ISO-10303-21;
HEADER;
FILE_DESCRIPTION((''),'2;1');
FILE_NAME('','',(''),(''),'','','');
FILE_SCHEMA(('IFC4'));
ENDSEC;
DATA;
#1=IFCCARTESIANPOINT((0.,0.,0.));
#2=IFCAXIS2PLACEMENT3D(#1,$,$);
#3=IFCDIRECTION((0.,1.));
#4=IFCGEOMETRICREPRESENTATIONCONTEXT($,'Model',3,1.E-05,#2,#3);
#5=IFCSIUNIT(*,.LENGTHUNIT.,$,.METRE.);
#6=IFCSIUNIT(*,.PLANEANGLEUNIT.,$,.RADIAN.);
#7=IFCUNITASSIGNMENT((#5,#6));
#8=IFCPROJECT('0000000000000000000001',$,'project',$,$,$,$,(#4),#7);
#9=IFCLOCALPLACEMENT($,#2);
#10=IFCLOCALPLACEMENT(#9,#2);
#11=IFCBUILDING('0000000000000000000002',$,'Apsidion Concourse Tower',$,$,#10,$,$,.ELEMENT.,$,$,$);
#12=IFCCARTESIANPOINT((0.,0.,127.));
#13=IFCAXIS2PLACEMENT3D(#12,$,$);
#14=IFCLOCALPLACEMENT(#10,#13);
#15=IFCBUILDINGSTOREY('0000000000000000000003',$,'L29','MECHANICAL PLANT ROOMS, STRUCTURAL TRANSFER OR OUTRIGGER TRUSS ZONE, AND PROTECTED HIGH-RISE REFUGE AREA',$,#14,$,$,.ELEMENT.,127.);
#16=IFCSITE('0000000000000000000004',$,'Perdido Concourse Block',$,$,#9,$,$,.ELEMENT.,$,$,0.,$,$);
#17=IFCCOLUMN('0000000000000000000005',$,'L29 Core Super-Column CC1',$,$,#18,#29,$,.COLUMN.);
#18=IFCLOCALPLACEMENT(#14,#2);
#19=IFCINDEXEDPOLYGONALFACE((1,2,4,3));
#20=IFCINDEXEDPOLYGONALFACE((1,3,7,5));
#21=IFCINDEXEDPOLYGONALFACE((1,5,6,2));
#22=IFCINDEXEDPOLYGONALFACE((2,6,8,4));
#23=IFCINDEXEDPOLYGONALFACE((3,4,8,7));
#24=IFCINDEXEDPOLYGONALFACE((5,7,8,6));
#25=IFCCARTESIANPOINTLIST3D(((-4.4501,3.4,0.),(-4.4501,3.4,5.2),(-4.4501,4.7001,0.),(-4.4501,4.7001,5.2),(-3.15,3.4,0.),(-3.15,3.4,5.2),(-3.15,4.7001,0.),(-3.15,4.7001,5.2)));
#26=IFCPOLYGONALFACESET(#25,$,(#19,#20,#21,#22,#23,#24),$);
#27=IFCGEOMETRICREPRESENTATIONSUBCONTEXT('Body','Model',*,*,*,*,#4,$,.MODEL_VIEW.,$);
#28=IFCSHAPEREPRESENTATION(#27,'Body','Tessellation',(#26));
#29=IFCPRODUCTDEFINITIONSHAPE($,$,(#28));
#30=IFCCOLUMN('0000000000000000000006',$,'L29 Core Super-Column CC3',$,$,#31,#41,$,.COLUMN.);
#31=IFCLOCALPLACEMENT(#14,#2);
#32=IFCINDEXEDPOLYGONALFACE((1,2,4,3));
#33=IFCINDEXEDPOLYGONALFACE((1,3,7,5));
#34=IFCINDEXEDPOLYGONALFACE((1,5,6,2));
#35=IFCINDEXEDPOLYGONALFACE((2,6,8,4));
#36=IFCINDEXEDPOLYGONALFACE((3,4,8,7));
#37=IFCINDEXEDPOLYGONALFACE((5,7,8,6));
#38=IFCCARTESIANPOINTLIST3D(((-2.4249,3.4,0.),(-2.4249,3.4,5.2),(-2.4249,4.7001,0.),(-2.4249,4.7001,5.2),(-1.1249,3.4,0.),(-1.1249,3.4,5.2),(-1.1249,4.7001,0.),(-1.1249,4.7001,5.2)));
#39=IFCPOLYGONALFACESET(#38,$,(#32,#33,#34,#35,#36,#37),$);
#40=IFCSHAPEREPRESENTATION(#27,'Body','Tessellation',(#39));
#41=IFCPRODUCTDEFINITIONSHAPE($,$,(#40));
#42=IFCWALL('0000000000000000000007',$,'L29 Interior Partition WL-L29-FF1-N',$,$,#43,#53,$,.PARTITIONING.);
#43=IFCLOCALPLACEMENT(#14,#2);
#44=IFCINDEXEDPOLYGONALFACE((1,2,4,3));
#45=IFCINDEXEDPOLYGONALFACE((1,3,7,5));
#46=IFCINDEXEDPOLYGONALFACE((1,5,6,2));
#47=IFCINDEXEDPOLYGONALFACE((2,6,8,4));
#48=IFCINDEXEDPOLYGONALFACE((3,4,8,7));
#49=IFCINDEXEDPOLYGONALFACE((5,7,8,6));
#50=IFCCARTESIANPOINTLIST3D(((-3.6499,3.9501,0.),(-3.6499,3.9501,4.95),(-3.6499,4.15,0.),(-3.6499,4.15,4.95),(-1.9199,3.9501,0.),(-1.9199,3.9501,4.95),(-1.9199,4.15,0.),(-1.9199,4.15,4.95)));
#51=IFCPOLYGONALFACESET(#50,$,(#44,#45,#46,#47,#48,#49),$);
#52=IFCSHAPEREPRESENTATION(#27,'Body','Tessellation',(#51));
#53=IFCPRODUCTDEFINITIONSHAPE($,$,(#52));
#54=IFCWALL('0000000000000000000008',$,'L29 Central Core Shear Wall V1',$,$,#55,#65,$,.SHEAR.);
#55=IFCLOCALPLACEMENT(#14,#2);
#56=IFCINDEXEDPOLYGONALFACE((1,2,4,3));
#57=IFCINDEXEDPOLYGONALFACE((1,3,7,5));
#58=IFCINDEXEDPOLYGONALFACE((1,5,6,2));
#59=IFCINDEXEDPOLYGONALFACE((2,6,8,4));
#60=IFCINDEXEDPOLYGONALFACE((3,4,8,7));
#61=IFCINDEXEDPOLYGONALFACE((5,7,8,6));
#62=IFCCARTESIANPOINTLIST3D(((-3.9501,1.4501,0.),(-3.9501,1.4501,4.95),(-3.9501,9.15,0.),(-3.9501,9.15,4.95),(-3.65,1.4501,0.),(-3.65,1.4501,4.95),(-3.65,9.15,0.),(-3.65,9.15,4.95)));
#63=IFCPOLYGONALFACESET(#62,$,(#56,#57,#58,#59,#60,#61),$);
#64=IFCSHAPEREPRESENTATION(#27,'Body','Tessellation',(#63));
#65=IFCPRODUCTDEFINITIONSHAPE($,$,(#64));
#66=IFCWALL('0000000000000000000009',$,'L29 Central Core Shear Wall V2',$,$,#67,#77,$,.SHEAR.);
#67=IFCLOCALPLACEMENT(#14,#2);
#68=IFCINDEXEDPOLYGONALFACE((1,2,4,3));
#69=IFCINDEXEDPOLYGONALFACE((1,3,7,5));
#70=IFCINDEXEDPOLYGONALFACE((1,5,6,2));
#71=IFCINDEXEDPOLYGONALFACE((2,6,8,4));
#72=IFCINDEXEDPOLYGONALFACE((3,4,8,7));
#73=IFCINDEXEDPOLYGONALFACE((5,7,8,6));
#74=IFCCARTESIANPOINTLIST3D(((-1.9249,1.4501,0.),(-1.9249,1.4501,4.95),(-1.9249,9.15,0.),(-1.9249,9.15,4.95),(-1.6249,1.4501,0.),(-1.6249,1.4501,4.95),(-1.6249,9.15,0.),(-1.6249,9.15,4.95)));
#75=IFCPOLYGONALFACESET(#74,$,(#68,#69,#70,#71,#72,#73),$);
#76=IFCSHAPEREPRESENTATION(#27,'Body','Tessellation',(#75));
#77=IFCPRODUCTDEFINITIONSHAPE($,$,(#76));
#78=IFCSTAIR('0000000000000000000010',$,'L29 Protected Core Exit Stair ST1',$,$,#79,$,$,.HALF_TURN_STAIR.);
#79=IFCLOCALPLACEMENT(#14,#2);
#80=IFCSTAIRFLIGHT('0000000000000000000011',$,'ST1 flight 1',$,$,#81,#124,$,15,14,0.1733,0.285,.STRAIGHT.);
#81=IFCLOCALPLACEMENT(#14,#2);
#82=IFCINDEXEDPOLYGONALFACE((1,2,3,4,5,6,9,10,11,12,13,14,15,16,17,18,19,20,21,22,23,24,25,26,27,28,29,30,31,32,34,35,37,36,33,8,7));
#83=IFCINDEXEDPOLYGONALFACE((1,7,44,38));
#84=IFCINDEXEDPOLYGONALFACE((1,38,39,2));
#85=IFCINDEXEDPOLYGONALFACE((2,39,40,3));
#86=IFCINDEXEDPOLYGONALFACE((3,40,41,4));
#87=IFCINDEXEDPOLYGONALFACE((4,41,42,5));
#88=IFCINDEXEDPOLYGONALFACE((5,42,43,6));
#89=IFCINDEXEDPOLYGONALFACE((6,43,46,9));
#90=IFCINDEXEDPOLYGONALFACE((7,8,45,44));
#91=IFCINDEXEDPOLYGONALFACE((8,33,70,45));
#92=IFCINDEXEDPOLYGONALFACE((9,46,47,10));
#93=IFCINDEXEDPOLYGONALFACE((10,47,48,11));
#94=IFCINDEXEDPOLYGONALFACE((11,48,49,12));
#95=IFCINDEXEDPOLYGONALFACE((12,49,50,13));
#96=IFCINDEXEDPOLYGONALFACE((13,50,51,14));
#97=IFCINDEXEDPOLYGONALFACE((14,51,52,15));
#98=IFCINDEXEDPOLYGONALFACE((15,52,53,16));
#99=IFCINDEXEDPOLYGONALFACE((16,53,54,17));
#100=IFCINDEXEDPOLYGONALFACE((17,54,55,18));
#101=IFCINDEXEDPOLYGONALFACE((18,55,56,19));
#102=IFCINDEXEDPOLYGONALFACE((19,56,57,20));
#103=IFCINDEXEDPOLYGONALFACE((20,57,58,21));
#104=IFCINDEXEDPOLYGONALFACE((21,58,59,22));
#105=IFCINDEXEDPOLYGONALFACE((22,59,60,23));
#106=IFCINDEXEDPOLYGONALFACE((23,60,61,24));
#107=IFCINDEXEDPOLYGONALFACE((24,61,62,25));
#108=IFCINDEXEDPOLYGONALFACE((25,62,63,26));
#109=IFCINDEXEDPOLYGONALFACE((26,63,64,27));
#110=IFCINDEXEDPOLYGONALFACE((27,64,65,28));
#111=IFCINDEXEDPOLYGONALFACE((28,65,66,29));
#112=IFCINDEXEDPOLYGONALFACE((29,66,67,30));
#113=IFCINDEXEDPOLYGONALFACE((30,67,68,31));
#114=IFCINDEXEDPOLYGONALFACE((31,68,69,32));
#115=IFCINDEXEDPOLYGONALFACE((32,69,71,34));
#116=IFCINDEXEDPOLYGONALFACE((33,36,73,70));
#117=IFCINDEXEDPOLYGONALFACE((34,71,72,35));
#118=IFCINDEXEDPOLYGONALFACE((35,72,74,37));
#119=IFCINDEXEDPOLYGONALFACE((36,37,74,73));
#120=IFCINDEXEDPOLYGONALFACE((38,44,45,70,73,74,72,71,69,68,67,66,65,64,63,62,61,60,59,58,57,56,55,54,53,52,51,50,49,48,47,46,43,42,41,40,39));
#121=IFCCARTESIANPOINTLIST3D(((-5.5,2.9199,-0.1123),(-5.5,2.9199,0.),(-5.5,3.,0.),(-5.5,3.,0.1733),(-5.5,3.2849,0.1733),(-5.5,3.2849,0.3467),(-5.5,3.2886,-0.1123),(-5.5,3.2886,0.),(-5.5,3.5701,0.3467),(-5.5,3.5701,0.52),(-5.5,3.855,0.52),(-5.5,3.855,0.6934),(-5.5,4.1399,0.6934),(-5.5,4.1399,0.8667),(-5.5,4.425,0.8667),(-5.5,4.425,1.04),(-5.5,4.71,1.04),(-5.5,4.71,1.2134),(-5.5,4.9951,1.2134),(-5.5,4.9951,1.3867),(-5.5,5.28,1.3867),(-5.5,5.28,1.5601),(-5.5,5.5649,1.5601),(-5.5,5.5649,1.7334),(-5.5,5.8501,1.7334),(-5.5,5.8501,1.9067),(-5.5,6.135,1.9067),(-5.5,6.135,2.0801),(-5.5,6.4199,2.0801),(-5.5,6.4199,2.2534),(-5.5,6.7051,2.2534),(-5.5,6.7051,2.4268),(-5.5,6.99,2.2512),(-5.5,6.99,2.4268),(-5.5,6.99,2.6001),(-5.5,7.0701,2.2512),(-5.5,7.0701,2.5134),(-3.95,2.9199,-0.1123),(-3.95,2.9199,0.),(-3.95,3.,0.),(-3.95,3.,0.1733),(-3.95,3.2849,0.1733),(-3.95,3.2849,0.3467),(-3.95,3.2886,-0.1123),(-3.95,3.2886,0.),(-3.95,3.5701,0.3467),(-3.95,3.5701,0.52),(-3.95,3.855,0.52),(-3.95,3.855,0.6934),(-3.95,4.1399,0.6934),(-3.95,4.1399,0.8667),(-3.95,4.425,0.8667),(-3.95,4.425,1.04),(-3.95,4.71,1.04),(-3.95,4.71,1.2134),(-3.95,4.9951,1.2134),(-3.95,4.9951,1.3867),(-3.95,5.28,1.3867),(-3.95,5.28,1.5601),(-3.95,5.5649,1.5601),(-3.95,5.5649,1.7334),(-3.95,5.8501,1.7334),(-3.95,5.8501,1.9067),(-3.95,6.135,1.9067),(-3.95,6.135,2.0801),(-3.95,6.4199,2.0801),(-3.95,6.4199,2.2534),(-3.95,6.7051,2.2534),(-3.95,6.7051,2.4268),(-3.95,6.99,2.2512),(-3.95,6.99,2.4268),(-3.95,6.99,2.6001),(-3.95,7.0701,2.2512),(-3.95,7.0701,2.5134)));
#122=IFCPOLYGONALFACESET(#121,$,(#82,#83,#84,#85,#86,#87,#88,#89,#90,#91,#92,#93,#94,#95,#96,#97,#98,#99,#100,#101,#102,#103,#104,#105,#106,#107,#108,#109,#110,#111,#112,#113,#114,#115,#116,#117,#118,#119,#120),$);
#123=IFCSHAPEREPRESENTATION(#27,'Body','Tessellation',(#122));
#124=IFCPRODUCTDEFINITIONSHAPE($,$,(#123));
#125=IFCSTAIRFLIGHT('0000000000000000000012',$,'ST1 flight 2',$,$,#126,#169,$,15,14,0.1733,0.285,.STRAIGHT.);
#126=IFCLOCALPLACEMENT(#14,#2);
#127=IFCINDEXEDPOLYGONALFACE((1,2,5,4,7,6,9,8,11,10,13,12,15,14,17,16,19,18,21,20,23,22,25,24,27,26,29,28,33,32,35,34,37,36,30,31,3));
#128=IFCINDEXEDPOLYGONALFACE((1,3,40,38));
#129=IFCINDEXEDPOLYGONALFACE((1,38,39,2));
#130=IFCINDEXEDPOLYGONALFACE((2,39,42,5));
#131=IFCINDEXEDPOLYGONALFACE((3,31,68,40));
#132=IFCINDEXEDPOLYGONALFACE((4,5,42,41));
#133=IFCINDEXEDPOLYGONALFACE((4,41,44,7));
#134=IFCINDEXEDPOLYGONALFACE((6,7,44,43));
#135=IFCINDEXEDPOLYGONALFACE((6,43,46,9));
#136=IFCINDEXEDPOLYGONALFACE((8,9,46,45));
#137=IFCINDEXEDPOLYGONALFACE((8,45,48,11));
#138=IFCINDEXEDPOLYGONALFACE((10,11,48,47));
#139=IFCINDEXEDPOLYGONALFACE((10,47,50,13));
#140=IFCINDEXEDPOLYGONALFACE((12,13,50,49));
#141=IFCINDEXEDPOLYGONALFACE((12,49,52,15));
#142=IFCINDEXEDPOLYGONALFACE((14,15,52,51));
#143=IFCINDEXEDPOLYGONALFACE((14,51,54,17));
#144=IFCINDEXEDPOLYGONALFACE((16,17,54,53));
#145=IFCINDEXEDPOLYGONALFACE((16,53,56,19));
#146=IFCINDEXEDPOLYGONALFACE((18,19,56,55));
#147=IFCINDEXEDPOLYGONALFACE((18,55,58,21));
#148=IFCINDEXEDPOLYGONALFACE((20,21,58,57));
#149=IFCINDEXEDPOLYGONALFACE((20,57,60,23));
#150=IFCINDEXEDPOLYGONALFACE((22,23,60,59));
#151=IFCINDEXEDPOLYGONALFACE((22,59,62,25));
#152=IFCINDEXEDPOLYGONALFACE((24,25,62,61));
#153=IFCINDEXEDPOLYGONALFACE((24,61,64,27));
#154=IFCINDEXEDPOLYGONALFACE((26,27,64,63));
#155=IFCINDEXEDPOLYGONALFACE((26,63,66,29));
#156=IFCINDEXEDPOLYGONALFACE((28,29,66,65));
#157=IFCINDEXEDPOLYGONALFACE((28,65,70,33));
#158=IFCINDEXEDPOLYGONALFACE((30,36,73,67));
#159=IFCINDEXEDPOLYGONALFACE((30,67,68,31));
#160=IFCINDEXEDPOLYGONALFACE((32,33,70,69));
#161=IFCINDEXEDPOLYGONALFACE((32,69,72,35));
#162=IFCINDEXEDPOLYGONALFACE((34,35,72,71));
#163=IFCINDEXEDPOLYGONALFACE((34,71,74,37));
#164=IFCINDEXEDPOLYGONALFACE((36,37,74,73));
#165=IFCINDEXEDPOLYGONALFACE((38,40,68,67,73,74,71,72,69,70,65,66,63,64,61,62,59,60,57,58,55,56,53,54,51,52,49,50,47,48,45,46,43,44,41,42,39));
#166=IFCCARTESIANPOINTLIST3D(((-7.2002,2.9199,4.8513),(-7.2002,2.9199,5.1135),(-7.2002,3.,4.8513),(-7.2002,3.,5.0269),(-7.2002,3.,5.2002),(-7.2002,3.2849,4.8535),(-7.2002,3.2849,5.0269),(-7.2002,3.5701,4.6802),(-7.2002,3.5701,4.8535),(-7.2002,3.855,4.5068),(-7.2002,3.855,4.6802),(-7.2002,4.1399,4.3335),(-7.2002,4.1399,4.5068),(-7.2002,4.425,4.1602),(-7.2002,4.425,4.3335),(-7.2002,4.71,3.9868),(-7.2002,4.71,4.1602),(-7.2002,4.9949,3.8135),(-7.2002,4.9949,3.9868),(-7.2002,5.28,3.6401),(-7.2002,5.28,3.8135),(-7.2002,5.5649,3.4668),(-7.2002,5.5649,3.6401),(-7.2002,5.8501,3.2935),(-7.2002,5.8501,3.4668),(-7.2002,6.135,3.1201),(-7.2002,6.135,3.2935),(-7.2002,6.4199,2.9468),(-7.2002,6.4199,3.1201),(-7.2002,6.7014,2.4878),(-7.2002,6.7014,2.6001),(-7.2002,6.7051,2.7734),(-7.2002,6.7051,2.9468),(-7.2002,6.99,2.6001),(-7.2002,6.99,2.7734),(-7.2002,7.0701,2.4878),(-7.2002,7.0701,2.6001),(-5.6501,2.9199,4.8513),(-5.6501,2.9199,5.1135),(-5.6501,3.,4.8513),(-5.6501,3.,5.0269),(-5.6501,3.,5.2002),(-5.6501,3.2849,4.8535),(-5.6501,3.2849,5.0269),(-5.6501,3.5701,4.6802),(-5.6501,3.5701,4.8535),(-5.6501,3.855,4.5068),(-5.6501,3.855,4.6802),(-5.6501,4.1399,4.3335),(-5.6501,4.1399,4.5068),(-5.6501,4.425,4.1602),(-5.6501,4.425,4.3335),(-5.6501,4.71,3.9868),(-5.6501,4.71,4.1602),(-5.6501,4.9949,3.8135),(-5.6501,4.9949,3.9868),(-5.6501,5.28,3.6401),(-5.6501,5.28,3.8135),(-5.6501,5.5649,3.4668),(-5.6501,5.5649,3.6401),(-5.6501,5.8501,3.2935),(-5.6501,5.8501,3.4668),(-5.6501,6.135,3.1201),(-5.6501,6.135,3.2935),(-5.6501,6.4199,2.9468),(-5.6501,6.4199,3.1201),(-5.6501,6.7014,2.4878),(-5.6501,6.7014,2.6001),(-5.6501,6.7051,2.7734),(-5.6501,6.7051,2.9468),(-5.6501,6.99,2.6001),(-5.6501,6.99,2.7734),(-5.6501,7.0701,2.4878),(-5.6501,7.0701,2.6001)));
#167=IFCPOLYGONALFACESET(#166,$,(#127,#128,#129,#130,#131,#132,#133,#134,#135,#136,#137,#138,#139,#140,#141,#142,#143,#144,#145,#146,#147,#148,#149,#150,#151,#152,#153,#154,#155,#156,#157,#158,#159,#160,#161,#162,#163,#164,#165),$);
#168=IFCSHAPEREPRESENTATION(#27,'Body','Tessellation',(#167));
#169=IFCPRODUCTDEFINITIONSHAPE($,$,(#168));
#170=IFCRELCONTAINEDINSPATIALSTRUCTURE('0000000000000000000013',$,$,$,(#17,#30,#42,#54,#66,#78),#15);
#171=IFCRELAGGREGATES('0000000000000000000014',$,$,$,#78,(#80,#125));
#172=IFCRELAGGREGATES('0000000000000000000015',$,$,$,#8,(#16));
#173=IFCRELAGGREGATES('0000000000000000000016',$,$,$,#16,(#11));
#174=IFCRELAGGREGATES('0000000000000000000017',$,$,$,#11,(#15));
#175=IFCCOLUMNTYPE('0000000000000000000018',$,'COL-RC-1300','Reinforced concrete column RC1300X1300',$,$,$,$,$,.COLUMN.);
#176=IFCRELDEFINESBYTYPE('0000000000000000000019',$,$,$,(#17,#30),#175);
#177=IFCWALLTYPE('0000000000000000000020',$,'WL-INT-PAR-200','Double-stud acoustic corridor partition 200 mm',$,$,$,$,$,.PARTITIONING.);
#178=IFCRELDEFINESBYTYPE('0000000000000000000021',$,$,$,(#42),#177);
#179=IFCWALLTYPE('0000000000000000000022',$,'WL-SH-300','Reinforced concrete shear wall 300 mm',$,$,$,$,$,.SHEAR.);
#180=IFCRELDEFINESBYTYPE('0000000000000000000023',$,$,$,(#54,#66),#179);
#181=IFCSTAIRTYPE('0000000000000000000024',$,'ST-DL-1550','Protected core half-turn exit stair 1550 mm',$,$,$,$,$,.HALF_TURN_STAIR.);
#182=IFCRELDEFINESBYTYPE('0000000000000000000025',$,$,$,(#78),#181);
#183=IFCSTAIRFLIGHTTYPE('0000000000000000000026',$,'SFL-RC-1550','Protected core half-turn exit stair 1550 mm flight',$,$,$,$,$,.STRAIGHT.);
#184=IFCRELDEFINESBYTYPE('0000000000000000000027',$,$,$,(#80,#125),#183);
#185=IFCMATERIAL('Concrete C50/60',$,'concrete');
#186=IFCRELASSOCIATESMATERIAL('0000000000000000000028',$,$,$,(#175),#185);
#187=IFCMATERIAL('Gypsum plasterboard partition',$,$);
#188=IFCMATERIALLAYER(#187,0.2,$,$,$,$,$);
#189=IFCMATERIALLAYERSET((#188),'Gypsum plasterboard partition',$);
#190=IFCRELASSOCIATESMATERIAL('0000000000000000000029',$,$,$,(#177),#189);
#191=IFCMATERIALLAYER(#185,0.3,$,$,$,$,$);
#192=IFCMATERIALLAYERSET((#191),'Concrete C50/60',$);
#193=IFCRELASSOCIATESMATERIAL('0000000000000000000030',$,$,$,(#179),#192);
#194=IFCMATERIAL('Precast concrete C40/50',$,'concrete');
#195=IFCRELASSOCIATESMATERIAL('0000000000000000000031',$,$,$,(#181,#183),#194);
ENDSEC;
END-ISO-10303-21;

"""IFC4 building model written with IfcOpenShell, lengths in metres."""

from ifc_helpers import new_model, si_unit, direction, frame, frame_2d, origin, origin_2d, place, context, subcontext, project, spatial, polyline, rectangle, outline, extrude, material, layer, layer_set, material_profile, profile_set, type_object, element, aggregate, save


model = new_model("IFC4")

# Units and contexts
model_context = context("Model", 3, precision=1e-05, world=origin(), true_north=direction((0.0, 1.0)))
body_context = subcontext(model_context, "Body", "Model", "MODEL_VIEW")
ifc_project = project(units=[si_unit("LENGTHUNIT", "METRE"), si_unit("PLANEANGLEUNIT", "RADIAN")], contexts=[model_context])

# Site, building, storey
site_placement = place(None, origin())
site = spatial("IfcSite", under=ifc_project, at=site_placement, Name="Perdido Concourse Block", CompositionType="ELEMENT", RefElevation=0.0)
building_placement = place(site_placement, origin())
building = spatial("IfcBuilding", under=site, at=building_placement, Name="Apsidion Concourse Tower", CompositionType="ELEMENT")
storey_placement = place(building_placement, frame((0.0, 0.0, 127.0)))
storey = spatial("IfcBuildingStorey", under=building, at=storey_placement, Name="L29", Description="MECHANICAL PLANT ROOMS, STRUCTURAL TRANSFER OR OUTRIGGER TRUSS ZONE, AND PROTECTED HIGH-RISE REFUGE AREA", CompositionType="ELEMENT", Elevation=127.0)

# Columns
ifc_material_1 = material(Name="Concrete C50/60", Category="concrete")
ifc_material_profile = material_profile(ifc_material_1, rectangle(XDim=1.3, YDim=1.3, at=origin_2d()), Name="RC 1300x1300")
ifc_profile_set = profile_set([ifc_material_profile], Name="Concrete C50/60")
column_type = type_object("IfcColumnType", Name="COL-RC-1300", Description="Reinforced concrete column RC1300X1300", PredefinedType="COLUMN", material=ifc_profile_set)
for number, where, z_axis, x_axis, name in (
    (1, (-3.8, 4.05, 0.0), (0.0, 0.0, 1.0), (1.0, 0.0, 0.0), "L29 Core Super-Column CC1"),
    (2, (-1.7749, 4.05, 0.0), (0.0, 0.0, 1.0), (1.0, 0.0, 0.0), "L29 Core Super-Column CC3"),
):
    element("IfcColumn", number, at=place(storey_placement, frame(where, z_axis=z_axis, x_axis=x_axis)), inside=storey, type_object=column_type, Name=name, PredefinedType="COLUMN", context=body_context, shape_type="SweptSolid", body=[
        extrude(rectangle(XDim=1.3, YDim=1.3, at=origin_2d()), origin(), (0.0, 0.0, 1.0), 5.2),
    ])

# Walls
ifc_material_2 = material(Name="Gypsum plasterboard partition")
ifc_layer_1 = layer(ifc_material_2, 0.2)
ifc_layer_set_1 = layer_set([ifc_layer_1], Name="Gypsum plasterboard partition")
wall_type_1 = type_object("IfcWallType", Name="WL-INT-PAR-200", Description="Double-stud acoustic corridor partition 200 mm", PredefinedType="PARTITIONING", material=ifc_layer_set_1)
wall_placement = place(storey_placement, frame((-3.6499, 4.05, 0.0), z_axis=(0.0, 0.0, 1.0), x_axis=(1.0, 0.0, 0.0)))
element("IfcWall", 3, at=wall_placement, inside=storey, type_object=wall_type_1, Name="L29 Interior Partition WL-L29-FF1-N", PredefinedType="PARTITIONING", context=body_context, shape_type="SweptSolid", body=[
    extrude(rectangle(XDim=1.73, YDim=0.2, at=frame_2d((0.865, 0.0))), origin(), (0.0, 0.0, 1.0), 4.95),
])
ifc_layer_2 = layer(ifc_material_1, 0.3)
ifc_layer_set_2 = layer_set([ifc_layer_2], Name="Concrete C50/60")
wall_type_2 = type_object("IfcWallType", Name="WL-SH-300", Description="Reinforced concrete shear wall 300 mm", PredefinedType="SHEAR", material=ifc_layer_set_2)
for number, where, z_axis, x_axis, name in (
    (4, (-3.8, 1.45, 0.0), (0.0, 0.0, 1.0), (0.0, 1.0, 0.0), "L29 Central Core Shear Wall V1"),
    (5, (-1.7749, 1.45, 0.0), (0.0, 0.0, 1.0), (0.0, 1.0, 0.0), "L29 Central Core Shear Wall V2"),
):
    element("IfcWall", number, at=place(storey_placement, frame(where, z_axis=z_axis, x_axis=x_axis)), inside=storey, type_object=wall_type_2, Name=name, PredefinedType="SHEAR", context=body_context, shape_type="SweptSolid", body=[
        extrude(rectangle(XDim=7.7, YDim=0.3, at=frame_2d((3.8501, 0.0))), origin(), (0.0, 0.0, 1.0), 4.95),
    ])

# Stair, stair flights
ifc_material_3 = material(Name="Precast concrete C40/50", Category="concrete")
stair_type = type_object("IfcStairType", Name="ST-DL-1550", Description="Protected core half-turn exit stair 1550 mm", PredefinedType="HALF_TURN_STAIR", material=ifc_material_3)
stair_1_placement = place(storey_placement, origin())
stair_1 = element("IfcStair", 6, at=stair_1_placement, inside=storey, type_object=stair_type, Name="L29 Protected Core Exit Stair ST1", PredefinedType="HALF_TURN_STAIR")
stair_flight_type = type_object("IfcStairFlightType", Name="SFL-RC-1550", Description="Protected core half-turn exit stair 1550 mm flight", PredefinedType="STRAIGHT", material=ifc_material_3)
stair_flight_1_placement = place(storey_placement, frame((-4.7251, 3.0, 0.0), z_axis=(0.0, 0.0, 1.0), x_axis=(0.0, 1.0, 0.0)))
stair_flight_1 = element("IfcStairFlight", 7, at=stair_flight_1_placement, type_object=stair_flight_type, Name="ST1 flight 1", NumberOfRisers=15, NumberOfTreads=14, PredefinedType="STRAIGHT", RiserHeight=0.1733, TreadLength=0.285, context=body_context, shape_type="SweptSolid", body=[
    extrude(outline(polyline([(-0.0801, -0.1123), (-0.0801, 0.0), (0.0, 0.0), (0.0, 0.1733), (0.2849, 0.1733), (0.2849, 0.3467), (0.5701, 0.3467), (0.5701, 0.52), (0.855, 0.52), (0.855, 0.6934), (1.1399, 0.6934), (1.1399, 0.8667), (1.425, 0.8667), (1.425, 1.04), (1.71, 1.04), (1.71, 1.2134), (1.9951, 1.2134), (1.9951, 1.3867), (2.28, 1.3867), (2.28, 1.5601), (2.5649, 1.5601), (2.5649, 1.7334), (2.8501, 1.7334), (2.8501, 1.9067), (3.135, 1.9067), (3.135, 2.0801), (3.4199, 2.0801), (3.4199, 2.2534), (3.7051, 2.2534), (3.7051, 2.4268), (3.99, 2.4268), (3.99, 2.6001), (4.0701, 2.5134), (4.0701, 2.2512), (3.99, 2.2512), (0.2886, 0.0), (0.2886, -0.1123), (-0.0801, -0.1123)])), frame((0.0, 0.7749, 0.0), z_axis=(0.0, -1.0, 0.0), x_axis=(1.0, 0.0, 0.0)), (0.0, 0.0, 1.0), 1.55),
])
stair_flight_2_placement = place(storey_placement, frame((-6.425, 6.99, 2.6001), z_axis=(0.0, 0.0, 1.0), x_axis=(0.0, -1.0, 0.0)))
stair_flight_2 = element("IfcStairFlight", 8, at=stair_flight_2_placement, type_object=stair_flight_type, Name="ST1 flight 2", NumberOfRisers=15, NumberOfTreads=14, PredefinedType="STRAIGHT", RiserHeight=0.1733, TreadLength=0.285, context=body_context, shape_type="SweptSolid", body=[
    extrude(outline(polyline([(-0.0801, -0.1123), (-0.0801, 0.0), (0.0, 0.0), (0.0, 0.1733), (0.2849, 0.1733), (0.2849, 0.3467), (0.5701, 0.3467), (0.5701, 0.52), (0.855, 0.52), (0.855, 0.6934), (1.1399, 0.6934), (1.1399, 0.8667), (1.425, 0.8667), (1.425, 1.04), (1.71, 1.04), (1.71, 1.2134), (1.9951, 1.2134), (1.9951, 1.3867), (2.28, 1.3867), (2.28, 1.5601), (2.5649, 1.5601), (2.5649, 1.7334), (2.8501, 1.7334), (2.8501, 1.9067), (3.135, 1.9067), (3.135, 2.0801), (3.4199, 2.0801), (3.4199, 2.2534), (3.7051, 2.2534), (3.7051, 2.4268), (3.99, 2.4268), (3.99, 2.6001), (4.0701, 2.5134), (4.0701, 2.2512), (3.99, 2.2512), (0.2886, 0.0), (0.2886, -0.1123), (-0.0801, -0.1123)])), frame((0.0, 0.7749, 0.0), z_axis=(0.0, -1.0, 0.0), x_axis=(1.0, 0.0, 0.0)), (0.0, 0.0, 1.0), 1.55),
])
aggregate(stair_1, [stair_flight_1, stair_flight_2])

save(model, "model.ifc")
